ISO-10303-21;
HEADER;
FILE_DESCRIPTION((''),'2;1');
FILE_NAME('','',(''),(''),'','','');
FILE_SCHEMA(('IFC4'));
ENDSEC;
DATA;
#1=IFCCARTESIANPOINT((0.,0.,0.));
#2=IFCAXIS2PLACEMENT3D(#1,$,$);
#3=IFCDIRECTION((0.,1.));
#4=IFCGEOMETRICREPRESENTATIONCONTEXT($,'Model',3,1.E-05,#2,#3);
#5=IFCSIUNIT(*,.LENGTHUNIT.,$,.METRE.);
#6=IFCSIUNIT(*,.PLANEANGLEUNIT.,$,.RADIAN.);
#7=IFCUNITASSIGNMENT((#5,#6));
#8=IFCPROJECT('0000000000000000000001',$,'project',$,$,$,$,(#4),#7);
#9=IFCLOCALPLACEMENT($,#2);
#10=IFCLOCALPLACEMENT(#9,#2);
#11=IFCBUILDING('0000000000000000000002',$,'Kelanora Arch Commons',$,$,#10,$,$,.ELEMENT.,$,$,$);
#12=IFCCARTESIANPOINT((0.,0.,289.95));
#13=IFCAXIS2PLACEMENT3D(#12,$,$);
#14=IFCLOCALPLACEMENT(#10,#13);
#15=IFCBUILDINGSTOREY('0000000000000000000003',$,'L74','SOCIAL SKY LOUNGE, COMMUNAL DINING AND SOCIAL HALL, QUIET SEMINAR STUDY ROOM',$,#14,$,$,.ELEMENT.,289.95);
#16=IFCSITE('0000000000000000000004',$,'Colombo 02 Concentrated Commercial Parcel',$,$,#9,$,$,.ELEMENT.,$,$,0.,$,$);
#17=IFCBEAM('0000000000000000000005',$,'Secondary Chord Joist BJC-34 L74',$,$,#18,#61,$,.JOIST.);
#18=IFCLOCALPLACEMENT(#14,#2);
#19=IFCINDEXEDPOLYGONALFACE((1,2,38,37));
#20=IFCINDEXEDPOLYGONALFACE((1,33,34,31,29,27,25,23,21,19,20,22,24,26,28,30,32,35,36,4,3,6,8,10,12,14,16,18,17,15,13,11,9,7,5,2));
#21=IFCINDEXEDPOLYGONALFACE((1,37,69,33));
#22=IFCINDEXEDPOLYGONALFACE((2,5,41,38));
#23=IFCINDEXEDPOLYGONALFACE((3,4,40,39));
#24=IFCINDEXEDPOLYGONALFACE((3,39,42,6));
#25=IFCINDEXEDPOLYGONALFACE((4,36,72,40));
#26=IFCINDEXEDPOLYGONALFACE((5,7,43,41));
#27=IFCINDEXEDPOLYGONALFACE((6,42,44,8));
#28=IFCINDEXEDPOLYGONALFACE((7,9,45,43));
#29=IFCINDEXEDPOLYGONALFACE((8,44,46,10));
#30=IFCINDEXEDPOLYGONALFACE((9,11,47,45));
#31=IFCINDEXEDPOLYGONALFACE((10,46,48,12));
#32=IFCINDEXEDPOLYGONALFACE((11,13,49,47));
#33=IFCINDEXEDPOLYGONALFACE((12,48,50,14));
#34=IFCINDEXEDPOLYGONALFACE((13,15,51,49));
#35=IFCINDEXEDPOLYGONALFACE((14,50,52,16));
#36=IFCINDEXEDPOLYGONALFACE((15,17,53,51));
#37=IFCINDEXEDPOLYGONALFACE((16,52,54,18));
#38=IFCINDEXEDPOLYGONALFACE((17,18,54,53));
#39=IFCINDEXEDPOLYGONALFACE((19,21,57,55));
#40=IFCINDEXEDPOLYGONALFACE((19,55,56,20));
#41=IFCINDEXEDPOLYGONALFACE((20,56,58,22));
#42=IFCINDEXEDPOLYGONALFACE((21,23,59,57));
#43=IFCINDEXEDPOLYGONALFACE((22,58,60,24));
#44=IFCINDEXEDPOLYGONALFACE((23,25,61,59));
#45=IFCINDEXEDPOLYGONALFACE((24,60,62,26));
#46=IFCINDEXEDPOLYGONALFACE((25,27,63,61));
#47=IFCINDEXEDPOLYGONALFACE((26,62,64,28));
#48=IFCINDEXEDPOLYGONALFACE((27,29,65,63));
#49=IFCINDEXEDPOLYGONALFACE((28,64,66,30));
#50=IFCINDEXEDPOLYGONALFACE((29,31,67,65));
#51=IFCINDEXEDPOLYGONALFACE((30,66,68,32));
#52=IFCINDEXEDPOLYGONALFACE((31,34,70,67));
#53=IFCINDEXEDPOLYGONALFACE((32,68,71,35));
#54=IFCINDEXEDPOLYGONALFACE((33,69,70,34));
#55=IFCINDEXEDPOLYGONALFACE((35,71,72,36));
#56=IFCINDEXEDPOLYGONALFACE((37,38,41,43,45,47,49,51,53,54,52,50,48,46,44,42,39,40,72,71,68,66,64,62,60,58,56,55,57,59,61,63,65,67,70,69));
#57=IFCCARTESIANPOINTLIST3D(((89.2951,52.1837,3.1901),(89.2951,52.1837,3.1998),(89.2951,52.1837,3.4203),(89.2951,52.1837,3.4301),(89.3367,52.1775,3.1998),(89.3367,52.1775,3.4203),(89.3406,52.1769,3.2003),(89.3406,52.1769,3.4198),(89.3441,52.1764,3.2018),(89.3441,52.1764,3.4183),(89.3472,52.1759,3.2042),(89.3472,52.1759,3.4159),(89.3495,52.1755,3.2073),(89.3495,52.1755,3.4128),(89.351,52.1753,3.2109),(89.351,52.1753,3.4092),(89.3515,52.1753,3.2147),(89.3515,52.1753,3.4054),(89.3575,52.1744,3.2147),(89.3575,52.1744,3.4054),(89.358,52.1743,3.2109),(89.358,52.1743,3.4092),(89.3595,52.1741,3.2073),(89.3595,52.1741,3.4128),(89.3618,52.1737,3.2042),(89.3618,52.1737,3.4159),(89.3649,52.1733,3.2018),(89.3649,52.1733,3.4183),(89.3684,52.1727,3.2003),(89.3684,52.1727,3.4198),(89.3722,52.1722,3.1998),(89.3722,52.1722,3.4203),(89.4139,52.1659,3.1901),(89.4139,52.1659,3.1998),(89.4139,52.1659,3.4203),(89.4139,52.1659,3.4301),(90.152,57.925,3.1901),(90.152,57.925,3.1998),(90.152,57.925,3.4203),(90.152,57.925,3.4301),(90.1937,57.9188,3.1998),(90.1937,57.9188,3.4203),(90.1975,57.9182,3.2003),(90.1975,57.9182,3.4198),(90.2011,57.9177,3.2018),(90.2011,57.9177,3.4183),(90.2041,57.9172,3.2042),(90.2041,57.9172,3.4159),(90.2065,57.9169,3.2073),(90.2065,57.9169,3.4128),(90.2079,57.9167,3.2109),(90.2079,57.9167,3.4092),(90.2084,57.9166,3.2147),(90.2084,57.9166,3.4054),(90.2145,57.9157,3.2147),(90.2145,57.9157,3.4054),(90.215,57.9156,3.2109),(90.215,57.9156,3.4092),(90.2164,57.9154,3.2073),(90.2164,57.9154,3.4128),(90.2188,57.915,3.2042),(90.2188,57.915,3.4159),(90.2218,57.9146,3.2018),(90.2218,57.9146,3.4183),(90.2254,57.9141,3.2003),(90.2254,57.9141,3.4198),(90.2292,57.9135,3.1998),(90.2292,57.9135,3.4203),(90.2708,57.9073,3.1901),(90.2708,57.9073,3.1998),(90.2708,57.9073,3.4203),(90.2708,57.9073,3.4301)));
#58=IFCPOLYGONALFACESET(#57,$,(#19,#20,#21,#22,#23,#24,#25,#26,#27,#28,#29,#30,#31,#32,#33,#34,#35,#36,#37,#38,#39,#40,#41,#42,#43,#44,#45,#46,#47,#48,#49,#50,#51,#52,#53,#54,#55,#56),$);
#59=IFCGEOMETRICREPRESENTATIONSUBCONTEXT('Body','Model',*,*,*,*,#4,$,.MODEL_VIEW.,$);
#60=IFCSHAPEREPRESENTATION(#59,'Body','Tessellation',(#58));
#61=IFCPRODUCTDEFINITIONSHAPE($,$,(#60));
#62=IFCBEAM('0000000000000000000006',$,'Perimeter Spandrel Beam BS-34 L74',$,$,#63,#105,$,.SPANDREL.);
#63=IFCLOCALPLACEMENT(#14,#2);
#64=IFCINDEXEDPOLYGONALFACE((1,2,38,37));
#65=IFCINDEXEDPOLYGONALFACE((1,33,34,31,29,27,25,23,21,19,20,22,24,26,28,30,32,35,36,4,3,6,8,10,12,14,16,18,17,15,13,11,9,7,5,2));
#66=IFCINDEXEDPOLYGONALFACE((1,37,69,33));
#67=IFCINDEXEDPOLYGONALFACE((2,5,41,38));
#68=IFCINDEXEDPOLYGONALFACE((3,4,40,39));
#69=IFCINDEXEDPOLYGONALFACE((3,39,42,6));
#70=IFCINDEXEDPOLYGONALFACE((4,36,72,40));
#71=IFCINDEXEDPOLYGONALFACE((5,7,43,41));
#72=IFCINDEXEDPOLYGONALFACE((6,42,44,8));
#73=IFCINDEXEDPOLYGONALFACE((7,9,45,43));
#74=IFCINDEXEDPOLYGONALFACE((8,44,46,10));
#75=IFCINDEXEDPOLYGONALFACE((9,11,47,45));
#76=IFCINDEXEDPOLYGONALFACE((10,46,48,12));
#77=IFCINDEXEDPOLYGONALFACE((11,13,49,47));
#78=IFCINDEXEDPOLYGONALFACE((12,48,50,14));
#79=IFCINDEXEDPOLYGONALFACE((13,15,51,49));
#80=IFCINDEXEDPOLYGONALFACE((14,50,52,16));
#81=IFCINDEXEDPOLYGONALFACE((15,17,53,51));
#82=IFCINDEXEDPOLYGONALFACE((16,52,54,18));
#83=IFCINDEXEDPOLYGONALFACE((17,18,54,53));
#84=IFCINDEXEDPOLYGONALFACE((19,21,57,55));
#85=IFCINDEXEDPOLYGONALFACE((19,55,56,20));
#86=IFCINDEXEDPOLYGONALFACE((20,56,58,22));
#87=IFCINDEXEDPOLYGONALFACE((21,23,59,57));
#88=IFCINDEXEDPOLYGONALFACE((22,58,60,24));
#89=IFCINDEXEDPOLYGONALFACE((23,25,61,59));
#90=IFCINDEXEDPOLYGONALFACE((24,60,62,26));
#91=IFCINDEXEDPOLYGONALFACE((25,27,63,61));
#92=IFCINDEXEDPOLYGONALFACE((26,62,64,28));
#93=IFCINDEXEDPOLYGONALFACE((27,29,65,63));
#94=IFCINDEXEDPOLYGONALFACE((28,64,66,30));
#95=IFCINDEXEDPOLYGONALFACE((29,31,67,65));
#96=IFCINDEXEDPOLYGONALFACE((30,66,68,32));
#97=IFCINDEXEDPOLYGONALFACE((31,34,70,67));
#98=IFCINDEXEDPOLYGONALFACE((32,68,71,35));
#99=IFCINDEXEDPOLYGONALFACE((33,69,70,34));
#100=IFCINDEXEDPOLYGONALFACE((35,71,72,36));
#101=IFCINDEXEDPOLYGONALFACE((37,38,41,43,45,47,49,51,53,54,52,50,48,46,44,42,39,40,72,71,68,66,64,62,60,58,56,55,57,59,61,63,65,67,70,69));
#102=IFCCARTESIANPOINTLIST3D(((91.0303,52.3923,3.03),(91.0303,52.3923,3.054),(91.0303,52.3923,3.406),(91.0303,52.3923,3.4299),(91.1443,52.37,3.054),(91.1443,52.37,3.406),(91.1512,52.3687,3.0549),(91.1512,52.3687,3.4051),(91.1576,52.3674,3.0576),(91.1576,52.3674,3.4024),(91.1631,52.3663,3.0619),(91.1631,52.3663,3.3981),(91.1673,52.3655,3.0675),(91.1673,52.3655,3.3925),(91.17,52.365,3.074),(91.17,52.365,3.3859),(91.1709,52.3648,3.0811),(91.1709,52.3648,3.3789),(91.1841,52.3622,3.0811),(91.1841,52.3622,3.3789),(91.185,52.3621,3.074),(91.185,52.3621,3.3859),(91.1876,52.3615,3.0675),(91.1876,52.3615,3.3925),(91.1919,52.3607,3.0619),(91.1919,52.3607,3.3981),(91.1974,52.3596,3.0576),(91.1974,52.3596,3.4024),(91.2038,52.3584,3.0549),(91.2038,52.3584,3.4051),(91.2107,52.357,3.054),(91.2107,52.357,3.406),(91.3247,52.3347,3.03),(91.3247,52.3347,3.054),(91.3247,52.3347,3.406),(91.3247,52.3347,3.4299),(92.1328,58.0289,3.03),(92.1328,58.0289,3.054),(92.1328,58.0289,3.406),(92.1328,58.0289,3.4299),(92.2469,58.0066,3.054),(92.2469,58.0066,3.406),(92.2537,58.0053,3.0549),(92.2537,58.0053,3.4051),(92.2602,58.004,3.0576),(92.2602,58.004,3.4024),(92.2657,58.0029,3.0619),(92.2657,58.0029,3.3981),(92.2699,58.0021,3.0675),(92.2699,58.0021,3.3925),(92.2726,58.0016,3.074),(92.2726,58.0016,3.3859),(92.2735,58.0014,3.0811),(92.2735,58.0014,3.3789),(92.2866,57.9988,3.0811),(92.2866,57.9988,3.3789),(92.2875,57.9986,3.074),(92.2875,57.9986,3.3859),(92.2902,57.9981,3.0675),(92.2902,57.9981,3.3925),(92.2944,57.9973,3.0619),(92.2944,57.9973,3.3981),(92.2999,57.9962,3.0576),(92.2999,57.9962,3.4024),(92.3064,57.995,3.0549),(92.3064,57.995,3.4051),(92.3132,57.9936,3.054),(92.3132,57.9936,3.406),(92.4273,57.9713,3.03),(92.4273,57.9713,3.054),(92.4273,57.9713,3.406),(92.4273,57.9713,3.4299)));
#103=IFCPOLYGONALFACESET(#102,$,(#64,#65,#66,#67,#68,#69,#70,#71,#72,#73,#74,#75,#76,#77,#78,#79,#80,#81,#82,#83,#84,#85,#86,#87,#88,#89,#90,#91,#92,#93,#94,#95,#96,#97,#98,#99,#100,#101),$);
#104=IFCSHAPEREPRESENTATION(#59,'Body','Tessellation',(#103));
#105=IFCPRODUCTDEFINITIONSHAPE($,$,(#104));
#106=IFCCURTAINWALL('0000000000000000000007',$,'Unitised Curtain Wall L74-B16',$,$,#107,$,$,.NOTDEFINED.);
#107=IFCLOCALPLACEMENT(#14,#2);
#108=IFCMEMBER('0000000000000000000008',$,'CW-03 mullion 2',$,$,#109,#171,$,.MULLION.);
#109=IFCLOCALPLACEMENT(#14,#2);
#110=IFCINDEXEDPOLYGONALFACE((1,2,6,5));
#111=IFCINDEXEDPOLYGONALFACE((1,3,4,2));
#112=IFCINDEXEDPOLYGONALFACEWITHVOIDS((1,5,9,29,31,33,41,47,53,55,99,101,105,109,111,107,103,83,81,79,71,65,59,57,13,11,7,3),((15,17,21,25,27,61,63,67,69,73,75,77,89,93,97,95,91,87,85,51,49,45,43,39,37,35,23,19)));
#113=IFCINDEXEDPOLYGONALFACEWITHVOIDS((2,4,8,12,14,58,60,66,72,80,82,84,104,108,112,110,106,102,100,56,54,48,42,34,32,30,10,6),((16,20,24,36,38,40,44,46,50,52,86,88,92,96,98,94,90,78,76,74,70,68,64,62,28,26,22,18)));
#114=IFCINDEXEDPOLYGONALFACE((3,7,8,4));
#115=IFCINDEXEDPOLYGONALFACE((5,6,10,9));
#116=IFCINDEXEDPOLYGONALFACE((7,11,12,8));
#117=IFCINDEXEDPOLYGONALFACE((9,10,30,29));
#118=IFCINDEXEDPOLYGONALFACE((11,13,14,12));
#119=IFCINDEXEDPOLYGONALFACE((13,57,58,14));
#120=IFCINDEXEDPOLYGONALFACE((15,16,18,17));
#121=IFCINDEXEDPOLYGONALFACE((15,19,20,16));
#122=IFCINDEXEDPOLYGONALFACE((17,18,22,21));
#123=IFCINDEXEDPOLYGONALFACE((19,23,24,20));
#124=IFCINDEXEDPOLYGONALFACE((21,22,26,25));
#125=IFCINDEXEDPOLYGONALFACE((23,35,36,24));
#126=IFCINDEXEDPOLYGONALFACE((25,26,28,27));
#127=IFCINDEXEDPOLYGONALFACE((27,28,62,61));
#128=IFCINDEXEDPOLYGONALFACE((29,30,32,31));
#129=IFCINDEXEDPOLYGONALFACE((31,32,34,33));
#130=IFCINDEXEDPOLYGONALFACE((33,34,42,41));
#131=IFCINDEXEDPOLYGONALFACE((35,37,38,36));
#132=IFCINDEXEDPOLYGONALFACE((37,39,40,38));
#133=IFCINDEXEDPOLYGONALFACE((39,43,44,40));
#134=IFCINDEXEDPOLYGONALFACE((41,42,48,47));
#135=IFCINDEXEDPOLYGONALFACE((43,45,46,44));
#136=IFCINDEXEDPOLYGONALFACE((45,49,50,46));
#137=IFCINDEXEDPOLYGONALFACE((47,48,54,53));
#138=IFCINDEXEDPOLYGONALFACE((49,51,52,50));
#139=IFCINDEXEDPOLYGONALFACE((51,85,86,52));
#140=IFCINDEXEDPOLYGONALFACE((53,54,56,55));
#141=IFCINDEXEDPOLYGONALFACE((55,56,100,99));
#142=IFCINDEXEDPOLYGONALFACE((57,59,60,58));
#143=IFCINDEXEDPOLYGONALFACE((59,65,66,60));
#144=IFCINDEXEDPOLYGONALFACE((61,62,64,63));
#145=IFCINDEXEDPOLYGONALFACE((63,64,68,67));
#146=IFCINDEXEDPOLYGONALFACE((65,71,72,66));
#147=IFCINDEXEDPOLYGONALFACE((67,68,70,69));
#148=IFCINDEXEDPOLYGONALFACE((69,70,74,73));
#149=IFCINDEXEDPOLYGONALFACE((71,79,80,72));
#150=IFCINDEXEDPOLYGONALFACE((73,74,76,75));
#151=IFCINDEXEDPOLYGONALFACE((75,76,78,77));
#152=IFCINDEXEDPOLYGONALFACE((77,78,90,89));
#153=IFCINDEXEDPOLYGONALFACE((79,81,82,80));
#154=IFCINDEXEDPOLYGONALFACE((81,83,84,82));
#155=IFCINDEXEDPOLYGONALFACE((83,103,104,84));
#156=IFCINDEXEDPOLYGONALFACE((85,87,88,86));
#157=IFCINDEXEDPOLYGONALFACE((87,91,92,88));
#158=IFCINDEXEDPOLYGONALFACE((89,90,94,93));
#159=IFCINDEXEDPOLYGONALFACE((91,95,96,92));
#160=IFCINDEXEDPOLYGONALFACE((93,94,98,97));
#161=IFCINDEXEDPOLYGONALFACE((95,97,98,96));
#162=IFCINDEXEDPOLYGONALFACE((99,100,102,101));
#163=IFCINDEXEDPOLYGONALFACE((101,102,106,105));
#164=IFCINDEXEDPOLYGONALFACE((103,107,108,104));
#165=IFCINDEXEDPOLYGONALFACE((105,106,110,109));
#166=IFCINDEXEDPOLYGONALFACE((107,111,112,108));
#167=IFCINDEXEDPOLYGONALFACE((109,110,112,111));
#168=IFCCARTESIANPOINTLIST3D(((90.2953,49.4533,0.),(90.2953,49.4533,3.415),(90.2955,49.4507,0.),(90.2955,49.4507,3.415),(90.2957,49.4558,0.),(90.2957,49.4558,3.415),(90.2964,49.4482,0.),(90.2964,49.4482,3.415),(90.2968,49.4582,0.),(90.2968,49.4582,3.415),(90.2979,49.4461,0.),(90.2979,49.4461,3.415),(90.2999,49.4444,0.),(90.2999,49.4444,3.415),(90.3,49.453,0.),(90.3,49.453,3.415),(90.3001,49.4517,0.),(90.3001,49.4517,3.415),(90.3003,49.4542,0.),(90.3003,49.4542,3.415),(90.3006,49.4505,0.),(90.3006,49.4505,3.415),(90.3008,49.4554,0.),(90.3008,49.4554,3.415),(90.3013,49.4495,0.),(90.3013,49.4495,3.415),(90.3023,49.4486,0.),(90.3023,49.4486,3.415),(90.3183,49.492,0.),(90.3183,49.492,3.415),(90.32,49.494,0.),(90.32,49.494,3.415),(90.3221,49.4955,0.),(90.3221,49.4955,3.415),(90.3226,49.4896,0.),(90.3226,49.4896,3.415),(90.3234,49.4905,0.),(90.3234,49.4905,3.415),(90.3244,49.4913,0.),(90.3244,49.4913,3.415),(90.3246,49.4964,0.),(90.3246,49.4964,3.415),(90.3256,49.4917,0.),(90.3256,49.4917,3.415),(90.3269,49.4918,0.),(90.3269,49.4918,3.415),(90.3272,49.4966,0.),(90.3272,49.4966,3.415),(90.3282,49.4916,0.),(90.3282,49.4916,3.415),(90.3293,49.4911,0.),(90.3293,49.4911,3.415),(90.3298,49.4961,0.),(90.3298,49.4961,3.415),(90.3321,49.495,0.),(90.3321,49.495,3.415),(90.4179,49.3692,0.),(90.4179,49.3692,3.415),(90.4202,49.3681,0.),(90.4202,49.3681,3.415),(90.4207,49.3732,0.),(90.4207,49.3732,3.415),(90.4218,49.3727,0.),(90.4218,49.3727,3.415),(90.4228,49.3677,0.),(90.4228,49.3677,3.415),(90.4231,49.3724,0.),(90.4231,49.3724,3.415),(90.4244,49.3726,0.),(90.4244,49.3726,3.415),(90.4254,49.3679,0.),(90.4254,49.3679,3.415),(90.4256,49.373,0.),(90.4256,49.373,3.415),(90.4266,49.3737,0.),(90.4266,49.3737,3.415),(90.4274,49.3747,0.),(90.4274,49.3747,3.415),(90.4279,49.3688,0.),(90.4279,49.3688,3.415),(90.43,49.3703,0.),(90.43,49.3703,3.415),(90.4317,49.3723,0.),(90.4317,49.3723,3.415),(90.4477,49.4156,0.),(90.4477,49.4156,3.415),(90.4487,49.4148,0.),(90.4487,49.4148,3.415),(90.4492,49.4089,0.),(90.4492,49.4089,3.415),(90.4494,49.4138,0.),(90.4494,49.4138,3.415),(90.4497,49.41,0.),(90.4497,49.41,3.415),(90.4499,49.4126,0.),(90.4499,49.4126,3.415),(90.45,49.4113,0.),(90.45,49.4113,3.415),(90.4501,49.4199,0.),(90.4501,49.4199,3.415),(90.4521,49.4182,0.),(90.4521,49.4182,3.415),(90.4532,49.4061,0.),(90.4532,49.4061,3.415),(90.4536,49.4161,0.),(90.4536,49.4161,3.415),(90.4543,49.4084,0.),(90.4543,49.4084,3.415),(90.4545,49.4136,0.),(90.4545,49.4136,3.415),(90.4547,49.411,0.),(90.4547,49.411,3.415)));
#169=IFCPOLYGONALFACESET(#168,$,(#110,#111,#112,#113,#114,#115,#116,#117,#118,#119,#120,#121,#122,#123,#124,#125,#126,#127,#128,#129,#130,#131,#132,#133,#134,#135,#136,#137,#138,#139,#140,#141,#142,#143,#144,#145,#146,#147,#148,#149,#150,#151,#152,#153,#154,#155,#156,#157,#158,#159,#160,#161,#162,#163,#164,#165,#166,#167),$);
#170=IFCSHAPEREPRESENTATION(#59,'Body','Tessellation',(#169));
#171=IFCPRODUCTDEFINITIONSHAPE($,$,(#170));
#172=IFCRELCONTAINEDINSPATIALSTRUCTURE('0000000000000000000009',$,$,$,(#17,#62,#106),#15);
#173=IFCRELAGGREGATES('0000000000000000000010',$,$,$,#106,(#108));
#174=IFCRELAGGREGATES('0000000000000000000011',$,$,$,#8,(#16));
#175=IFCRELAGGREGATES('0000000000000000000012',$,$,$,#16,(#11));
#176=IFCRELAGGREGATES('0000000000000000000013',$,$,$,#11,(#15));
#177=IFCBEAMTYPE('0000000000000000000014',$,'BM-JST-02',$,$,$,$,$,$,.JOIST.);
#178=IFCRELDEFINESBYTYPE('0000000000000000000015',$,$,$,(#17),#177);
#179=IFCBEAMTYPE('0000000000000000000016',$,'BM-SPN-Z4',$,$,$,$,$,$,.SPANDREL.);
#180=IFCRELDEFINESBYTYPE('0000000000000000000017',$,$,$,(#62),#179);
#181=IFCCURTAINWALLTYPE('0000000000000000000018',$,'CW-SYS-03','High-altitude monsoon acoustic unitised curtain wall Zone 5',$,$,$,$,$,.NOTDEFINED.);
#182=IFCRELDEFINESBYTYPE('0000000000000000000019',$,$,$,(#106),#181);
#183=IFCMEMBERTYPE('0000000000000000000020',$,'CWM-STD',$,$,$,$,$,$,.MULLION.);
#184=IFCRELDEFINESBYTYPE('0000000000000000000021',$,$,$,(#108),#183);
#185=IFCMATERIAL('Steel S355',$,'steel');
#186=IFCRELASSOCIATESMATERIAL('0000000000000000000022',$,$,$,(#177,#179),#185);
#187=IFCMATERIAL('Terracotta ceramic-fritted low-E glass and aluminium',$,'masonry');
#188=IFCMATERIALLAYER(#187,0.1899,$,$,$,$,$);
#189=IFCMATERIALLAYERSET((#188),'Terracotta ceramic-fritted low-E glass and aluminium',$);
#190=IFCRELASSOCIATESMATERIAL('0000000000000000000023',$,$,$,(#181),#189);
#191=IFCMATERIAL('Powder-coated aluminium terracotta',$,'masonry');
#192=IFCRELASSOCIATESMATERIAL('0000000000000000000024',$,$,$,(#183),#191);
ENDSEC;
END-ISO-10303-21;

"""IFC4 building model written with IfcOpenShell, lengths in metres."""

from ifc_helpers import new_model, si_unit, direction, frame, origin, origin_2d, place, context, subcontext, project, spatial, hollow_rectangle, i_section, extrude, material, layer, layer_set, material_profile, profile_set, type_object, element, aggregate, save


model = new_model("IFC4")

# Units and contexts
model_context = context("Model", 3, precision=1e-05, world=origin(), true_north=direction((0.0, 1.0)))
body_context = subcontext(model_context, "Body", "Model", "MODEL_VIEW")
ifc_project = project(units=[si_unit("LENGTHUNIT", "METRE"), si_unit("PLANEANGLEUNIT", "RADIAN")], contexts=[model_context])

# Site, building, storey
site_placement = place(None, origin())
site = spatial("IfcSite", under=ifc_project, at=site_placement, Name="Colombo 02 Concentrated Commercial Parcel", CompositionType="ELEMENT", RefElevation=0.0)
building_placement = place(site_placement, origin())
building = spatial("IfcBuilding", under=site, at=building_placement, Name="Kelanora Arch Commons", CompositionType="ELEMENT")
storey_placement = place(building_placement, frame((0.0, 0.0, 289.95)))
storey = spatial("IfcBuildingStorey", under=building, at=storey_placement, Name="L74", Description="SOCIAL SKY LOUNGE, COMMUNAL DINING AND SOCIAL HALL, QUIET SEMINAR STUDY ROOM", CompositionType="ELEMENT", Elevation=289.95)

# Beams
ifc_material_1 = material(Name="Steel S355", Category="steel")
ifc_material_profile_1 = material_profile(ifc_material_1, i_section(OverallWidth=0.1201, OverallDepth=0.24, WebThickness=0.0061, FlangeThickness=0.0098, FilletRadius=0.0149, at=origin_2d()), Name="IPE240")
ifc_profile_set_1 = profile_set([ifc_material_profile_1], Name="Steel S355")
beam_type_1 = type_object("IfcBeamType", Name="BM-JST-02", PredefinedType="JOIST", material=ifc_profile_set_1)
beam_1_placement = place(storey_placement, frame((89.3545, 52.1748, 3.3101), z_axis=(0.147625, 0.989043, 0.0), x_axis=(-0.989043, 0.147625, 0.0)))
element("IfcBeam", 1, at=beam_1_placement, inside=storey, type_object=beam_type_1, Name="Secondary Chord Joist BJC-34 L74", PredefinedType="JOIST", context=body_context, shape_type="SweptSolid", body=[
    extrude(i_section(OverallWidth=0.1201, OverallDepth=0.24, WebThickness=0.0061, FlangeThickness=0.0098, FilletRadius=0.0149, at=origin_2d()), origin(), (0.0, 0.0, 1.0), 5.8049),
])
ifc_material_profile_2 = material_profile(ifc_material_1, i_section(OverallWidth=0.3, OverallDepth=0.3999, WebThickness=0.0134, FlangeThickness=0.0239, FilletRadius=0.0271, at=origin_2d()), Name="HEB400")
ifc_profile_set_2 = profile_set([ifc_material_profile_2], Name="Steel S355")
beam_type_2 = type_object("IfcBeamType", Name="BM-SPN-Z4", PredefinedType="SPANDREL", material=ifc_profile_set_2)
beam_2_placement = place(storey_placement, frame((91.1775, 52.3635, 3.23), z_axis=(0.19197, 0.981401, 0.0), x_axis=(-0.981401, 0.19197, 0.0)))
element("IfcBeam", 2, at=beam_2_placement, inside=storey, type_object=beam_type_2, Name="Perimeter Spandrel Beam BS-34 L74", PredefinedType="SPANDREL", context=body_context, shape_type="SweptSolid", body=[
    extrude(i_section(OverallWidth=0.3, OverallDepth=0.3999, WebThickness=0.0134, FlangeThickness=0.0239, FilletRadius=0.0271, at=origin_2d()), origin(), (0.0, 0.0, 1.0), 5.7434),
])

# Curtain wall, member
ifc_material_2 = material(Name="Terracotta ceramic-fritted low-E glass and aluminium", Category="masonry")
ifc_layer_1 = layer(ifc_material_2, 0.1899)
ifc_layer_set_1 = layer_set([ifc_layer_1], Name="Terracotta ceramic-fritted low-E glass and aluminium")
curtain_wall_type = type_object("IfcCurtainWallType", Name="CW-SYS-03", Description="High-altitude monsoon acoustic unitised curtain wall Zone 5", PredefinedType="NOTDEFINED", material=ifc_layer_set_1)
curtain_wall_placement = place(storey_placement, origin())
curtain_wall = element("IfcCurtainWall", 3, at=curtain_wall_placement, inside=storey, type_object=curtain_wall_type, Name="Unitised Curtain Wall L74-B16", PredefinedType="NOTDEFINED")
ifc_material_3 = material(Name="Powder-coated aluminium terracotta", Category="masonry")
ifc_material_profile_3 = material_profile(ifc_material_3, hollow_rectangle(XDim=0.1599, YDim=0.0601, WallThickness=0.0049, InnerFilletRadius=0.0049, OuterFilletRadius=0.01, at=origin_2d()), Name="CWM160x60")
ifc_profile_set_3 = profile_set([ifc_material_profile_3], Name="Powder-coated aluminium terracotta")
member_type_1 = type_object("IfcMemberType", Name="CWM-STD", PredefinedType="MULLION", material=ifc_profile_set_3)
member_1_placement = place(storey_placement, frame((90.375, 49.4321, 0.0), z_axis=(0.0, 0.0, 1.0), x_axis=(-0.843391, 0.5373, 0.0)))
member_1 = element("IfcMember", 4, at=member_1_placement, type_object=member_type_1, Name="CW-03 mullion 2", PredefinedType="MULLION", context=body_context, shape_type="SweptSolid", body=[
    extrude(hollow_rectangle(XDim=0.1599, YDim=0.0601, WallThickness=0.0049, InnerFilletRadius=0.0049, OuterFilletRadius=0.01, at=origin_2d()), origin(), (0.0, 0.0, 1.0), 3.415),
])
aggregate(curtain_wall, [member_1])

save(model, "model.ifc")
